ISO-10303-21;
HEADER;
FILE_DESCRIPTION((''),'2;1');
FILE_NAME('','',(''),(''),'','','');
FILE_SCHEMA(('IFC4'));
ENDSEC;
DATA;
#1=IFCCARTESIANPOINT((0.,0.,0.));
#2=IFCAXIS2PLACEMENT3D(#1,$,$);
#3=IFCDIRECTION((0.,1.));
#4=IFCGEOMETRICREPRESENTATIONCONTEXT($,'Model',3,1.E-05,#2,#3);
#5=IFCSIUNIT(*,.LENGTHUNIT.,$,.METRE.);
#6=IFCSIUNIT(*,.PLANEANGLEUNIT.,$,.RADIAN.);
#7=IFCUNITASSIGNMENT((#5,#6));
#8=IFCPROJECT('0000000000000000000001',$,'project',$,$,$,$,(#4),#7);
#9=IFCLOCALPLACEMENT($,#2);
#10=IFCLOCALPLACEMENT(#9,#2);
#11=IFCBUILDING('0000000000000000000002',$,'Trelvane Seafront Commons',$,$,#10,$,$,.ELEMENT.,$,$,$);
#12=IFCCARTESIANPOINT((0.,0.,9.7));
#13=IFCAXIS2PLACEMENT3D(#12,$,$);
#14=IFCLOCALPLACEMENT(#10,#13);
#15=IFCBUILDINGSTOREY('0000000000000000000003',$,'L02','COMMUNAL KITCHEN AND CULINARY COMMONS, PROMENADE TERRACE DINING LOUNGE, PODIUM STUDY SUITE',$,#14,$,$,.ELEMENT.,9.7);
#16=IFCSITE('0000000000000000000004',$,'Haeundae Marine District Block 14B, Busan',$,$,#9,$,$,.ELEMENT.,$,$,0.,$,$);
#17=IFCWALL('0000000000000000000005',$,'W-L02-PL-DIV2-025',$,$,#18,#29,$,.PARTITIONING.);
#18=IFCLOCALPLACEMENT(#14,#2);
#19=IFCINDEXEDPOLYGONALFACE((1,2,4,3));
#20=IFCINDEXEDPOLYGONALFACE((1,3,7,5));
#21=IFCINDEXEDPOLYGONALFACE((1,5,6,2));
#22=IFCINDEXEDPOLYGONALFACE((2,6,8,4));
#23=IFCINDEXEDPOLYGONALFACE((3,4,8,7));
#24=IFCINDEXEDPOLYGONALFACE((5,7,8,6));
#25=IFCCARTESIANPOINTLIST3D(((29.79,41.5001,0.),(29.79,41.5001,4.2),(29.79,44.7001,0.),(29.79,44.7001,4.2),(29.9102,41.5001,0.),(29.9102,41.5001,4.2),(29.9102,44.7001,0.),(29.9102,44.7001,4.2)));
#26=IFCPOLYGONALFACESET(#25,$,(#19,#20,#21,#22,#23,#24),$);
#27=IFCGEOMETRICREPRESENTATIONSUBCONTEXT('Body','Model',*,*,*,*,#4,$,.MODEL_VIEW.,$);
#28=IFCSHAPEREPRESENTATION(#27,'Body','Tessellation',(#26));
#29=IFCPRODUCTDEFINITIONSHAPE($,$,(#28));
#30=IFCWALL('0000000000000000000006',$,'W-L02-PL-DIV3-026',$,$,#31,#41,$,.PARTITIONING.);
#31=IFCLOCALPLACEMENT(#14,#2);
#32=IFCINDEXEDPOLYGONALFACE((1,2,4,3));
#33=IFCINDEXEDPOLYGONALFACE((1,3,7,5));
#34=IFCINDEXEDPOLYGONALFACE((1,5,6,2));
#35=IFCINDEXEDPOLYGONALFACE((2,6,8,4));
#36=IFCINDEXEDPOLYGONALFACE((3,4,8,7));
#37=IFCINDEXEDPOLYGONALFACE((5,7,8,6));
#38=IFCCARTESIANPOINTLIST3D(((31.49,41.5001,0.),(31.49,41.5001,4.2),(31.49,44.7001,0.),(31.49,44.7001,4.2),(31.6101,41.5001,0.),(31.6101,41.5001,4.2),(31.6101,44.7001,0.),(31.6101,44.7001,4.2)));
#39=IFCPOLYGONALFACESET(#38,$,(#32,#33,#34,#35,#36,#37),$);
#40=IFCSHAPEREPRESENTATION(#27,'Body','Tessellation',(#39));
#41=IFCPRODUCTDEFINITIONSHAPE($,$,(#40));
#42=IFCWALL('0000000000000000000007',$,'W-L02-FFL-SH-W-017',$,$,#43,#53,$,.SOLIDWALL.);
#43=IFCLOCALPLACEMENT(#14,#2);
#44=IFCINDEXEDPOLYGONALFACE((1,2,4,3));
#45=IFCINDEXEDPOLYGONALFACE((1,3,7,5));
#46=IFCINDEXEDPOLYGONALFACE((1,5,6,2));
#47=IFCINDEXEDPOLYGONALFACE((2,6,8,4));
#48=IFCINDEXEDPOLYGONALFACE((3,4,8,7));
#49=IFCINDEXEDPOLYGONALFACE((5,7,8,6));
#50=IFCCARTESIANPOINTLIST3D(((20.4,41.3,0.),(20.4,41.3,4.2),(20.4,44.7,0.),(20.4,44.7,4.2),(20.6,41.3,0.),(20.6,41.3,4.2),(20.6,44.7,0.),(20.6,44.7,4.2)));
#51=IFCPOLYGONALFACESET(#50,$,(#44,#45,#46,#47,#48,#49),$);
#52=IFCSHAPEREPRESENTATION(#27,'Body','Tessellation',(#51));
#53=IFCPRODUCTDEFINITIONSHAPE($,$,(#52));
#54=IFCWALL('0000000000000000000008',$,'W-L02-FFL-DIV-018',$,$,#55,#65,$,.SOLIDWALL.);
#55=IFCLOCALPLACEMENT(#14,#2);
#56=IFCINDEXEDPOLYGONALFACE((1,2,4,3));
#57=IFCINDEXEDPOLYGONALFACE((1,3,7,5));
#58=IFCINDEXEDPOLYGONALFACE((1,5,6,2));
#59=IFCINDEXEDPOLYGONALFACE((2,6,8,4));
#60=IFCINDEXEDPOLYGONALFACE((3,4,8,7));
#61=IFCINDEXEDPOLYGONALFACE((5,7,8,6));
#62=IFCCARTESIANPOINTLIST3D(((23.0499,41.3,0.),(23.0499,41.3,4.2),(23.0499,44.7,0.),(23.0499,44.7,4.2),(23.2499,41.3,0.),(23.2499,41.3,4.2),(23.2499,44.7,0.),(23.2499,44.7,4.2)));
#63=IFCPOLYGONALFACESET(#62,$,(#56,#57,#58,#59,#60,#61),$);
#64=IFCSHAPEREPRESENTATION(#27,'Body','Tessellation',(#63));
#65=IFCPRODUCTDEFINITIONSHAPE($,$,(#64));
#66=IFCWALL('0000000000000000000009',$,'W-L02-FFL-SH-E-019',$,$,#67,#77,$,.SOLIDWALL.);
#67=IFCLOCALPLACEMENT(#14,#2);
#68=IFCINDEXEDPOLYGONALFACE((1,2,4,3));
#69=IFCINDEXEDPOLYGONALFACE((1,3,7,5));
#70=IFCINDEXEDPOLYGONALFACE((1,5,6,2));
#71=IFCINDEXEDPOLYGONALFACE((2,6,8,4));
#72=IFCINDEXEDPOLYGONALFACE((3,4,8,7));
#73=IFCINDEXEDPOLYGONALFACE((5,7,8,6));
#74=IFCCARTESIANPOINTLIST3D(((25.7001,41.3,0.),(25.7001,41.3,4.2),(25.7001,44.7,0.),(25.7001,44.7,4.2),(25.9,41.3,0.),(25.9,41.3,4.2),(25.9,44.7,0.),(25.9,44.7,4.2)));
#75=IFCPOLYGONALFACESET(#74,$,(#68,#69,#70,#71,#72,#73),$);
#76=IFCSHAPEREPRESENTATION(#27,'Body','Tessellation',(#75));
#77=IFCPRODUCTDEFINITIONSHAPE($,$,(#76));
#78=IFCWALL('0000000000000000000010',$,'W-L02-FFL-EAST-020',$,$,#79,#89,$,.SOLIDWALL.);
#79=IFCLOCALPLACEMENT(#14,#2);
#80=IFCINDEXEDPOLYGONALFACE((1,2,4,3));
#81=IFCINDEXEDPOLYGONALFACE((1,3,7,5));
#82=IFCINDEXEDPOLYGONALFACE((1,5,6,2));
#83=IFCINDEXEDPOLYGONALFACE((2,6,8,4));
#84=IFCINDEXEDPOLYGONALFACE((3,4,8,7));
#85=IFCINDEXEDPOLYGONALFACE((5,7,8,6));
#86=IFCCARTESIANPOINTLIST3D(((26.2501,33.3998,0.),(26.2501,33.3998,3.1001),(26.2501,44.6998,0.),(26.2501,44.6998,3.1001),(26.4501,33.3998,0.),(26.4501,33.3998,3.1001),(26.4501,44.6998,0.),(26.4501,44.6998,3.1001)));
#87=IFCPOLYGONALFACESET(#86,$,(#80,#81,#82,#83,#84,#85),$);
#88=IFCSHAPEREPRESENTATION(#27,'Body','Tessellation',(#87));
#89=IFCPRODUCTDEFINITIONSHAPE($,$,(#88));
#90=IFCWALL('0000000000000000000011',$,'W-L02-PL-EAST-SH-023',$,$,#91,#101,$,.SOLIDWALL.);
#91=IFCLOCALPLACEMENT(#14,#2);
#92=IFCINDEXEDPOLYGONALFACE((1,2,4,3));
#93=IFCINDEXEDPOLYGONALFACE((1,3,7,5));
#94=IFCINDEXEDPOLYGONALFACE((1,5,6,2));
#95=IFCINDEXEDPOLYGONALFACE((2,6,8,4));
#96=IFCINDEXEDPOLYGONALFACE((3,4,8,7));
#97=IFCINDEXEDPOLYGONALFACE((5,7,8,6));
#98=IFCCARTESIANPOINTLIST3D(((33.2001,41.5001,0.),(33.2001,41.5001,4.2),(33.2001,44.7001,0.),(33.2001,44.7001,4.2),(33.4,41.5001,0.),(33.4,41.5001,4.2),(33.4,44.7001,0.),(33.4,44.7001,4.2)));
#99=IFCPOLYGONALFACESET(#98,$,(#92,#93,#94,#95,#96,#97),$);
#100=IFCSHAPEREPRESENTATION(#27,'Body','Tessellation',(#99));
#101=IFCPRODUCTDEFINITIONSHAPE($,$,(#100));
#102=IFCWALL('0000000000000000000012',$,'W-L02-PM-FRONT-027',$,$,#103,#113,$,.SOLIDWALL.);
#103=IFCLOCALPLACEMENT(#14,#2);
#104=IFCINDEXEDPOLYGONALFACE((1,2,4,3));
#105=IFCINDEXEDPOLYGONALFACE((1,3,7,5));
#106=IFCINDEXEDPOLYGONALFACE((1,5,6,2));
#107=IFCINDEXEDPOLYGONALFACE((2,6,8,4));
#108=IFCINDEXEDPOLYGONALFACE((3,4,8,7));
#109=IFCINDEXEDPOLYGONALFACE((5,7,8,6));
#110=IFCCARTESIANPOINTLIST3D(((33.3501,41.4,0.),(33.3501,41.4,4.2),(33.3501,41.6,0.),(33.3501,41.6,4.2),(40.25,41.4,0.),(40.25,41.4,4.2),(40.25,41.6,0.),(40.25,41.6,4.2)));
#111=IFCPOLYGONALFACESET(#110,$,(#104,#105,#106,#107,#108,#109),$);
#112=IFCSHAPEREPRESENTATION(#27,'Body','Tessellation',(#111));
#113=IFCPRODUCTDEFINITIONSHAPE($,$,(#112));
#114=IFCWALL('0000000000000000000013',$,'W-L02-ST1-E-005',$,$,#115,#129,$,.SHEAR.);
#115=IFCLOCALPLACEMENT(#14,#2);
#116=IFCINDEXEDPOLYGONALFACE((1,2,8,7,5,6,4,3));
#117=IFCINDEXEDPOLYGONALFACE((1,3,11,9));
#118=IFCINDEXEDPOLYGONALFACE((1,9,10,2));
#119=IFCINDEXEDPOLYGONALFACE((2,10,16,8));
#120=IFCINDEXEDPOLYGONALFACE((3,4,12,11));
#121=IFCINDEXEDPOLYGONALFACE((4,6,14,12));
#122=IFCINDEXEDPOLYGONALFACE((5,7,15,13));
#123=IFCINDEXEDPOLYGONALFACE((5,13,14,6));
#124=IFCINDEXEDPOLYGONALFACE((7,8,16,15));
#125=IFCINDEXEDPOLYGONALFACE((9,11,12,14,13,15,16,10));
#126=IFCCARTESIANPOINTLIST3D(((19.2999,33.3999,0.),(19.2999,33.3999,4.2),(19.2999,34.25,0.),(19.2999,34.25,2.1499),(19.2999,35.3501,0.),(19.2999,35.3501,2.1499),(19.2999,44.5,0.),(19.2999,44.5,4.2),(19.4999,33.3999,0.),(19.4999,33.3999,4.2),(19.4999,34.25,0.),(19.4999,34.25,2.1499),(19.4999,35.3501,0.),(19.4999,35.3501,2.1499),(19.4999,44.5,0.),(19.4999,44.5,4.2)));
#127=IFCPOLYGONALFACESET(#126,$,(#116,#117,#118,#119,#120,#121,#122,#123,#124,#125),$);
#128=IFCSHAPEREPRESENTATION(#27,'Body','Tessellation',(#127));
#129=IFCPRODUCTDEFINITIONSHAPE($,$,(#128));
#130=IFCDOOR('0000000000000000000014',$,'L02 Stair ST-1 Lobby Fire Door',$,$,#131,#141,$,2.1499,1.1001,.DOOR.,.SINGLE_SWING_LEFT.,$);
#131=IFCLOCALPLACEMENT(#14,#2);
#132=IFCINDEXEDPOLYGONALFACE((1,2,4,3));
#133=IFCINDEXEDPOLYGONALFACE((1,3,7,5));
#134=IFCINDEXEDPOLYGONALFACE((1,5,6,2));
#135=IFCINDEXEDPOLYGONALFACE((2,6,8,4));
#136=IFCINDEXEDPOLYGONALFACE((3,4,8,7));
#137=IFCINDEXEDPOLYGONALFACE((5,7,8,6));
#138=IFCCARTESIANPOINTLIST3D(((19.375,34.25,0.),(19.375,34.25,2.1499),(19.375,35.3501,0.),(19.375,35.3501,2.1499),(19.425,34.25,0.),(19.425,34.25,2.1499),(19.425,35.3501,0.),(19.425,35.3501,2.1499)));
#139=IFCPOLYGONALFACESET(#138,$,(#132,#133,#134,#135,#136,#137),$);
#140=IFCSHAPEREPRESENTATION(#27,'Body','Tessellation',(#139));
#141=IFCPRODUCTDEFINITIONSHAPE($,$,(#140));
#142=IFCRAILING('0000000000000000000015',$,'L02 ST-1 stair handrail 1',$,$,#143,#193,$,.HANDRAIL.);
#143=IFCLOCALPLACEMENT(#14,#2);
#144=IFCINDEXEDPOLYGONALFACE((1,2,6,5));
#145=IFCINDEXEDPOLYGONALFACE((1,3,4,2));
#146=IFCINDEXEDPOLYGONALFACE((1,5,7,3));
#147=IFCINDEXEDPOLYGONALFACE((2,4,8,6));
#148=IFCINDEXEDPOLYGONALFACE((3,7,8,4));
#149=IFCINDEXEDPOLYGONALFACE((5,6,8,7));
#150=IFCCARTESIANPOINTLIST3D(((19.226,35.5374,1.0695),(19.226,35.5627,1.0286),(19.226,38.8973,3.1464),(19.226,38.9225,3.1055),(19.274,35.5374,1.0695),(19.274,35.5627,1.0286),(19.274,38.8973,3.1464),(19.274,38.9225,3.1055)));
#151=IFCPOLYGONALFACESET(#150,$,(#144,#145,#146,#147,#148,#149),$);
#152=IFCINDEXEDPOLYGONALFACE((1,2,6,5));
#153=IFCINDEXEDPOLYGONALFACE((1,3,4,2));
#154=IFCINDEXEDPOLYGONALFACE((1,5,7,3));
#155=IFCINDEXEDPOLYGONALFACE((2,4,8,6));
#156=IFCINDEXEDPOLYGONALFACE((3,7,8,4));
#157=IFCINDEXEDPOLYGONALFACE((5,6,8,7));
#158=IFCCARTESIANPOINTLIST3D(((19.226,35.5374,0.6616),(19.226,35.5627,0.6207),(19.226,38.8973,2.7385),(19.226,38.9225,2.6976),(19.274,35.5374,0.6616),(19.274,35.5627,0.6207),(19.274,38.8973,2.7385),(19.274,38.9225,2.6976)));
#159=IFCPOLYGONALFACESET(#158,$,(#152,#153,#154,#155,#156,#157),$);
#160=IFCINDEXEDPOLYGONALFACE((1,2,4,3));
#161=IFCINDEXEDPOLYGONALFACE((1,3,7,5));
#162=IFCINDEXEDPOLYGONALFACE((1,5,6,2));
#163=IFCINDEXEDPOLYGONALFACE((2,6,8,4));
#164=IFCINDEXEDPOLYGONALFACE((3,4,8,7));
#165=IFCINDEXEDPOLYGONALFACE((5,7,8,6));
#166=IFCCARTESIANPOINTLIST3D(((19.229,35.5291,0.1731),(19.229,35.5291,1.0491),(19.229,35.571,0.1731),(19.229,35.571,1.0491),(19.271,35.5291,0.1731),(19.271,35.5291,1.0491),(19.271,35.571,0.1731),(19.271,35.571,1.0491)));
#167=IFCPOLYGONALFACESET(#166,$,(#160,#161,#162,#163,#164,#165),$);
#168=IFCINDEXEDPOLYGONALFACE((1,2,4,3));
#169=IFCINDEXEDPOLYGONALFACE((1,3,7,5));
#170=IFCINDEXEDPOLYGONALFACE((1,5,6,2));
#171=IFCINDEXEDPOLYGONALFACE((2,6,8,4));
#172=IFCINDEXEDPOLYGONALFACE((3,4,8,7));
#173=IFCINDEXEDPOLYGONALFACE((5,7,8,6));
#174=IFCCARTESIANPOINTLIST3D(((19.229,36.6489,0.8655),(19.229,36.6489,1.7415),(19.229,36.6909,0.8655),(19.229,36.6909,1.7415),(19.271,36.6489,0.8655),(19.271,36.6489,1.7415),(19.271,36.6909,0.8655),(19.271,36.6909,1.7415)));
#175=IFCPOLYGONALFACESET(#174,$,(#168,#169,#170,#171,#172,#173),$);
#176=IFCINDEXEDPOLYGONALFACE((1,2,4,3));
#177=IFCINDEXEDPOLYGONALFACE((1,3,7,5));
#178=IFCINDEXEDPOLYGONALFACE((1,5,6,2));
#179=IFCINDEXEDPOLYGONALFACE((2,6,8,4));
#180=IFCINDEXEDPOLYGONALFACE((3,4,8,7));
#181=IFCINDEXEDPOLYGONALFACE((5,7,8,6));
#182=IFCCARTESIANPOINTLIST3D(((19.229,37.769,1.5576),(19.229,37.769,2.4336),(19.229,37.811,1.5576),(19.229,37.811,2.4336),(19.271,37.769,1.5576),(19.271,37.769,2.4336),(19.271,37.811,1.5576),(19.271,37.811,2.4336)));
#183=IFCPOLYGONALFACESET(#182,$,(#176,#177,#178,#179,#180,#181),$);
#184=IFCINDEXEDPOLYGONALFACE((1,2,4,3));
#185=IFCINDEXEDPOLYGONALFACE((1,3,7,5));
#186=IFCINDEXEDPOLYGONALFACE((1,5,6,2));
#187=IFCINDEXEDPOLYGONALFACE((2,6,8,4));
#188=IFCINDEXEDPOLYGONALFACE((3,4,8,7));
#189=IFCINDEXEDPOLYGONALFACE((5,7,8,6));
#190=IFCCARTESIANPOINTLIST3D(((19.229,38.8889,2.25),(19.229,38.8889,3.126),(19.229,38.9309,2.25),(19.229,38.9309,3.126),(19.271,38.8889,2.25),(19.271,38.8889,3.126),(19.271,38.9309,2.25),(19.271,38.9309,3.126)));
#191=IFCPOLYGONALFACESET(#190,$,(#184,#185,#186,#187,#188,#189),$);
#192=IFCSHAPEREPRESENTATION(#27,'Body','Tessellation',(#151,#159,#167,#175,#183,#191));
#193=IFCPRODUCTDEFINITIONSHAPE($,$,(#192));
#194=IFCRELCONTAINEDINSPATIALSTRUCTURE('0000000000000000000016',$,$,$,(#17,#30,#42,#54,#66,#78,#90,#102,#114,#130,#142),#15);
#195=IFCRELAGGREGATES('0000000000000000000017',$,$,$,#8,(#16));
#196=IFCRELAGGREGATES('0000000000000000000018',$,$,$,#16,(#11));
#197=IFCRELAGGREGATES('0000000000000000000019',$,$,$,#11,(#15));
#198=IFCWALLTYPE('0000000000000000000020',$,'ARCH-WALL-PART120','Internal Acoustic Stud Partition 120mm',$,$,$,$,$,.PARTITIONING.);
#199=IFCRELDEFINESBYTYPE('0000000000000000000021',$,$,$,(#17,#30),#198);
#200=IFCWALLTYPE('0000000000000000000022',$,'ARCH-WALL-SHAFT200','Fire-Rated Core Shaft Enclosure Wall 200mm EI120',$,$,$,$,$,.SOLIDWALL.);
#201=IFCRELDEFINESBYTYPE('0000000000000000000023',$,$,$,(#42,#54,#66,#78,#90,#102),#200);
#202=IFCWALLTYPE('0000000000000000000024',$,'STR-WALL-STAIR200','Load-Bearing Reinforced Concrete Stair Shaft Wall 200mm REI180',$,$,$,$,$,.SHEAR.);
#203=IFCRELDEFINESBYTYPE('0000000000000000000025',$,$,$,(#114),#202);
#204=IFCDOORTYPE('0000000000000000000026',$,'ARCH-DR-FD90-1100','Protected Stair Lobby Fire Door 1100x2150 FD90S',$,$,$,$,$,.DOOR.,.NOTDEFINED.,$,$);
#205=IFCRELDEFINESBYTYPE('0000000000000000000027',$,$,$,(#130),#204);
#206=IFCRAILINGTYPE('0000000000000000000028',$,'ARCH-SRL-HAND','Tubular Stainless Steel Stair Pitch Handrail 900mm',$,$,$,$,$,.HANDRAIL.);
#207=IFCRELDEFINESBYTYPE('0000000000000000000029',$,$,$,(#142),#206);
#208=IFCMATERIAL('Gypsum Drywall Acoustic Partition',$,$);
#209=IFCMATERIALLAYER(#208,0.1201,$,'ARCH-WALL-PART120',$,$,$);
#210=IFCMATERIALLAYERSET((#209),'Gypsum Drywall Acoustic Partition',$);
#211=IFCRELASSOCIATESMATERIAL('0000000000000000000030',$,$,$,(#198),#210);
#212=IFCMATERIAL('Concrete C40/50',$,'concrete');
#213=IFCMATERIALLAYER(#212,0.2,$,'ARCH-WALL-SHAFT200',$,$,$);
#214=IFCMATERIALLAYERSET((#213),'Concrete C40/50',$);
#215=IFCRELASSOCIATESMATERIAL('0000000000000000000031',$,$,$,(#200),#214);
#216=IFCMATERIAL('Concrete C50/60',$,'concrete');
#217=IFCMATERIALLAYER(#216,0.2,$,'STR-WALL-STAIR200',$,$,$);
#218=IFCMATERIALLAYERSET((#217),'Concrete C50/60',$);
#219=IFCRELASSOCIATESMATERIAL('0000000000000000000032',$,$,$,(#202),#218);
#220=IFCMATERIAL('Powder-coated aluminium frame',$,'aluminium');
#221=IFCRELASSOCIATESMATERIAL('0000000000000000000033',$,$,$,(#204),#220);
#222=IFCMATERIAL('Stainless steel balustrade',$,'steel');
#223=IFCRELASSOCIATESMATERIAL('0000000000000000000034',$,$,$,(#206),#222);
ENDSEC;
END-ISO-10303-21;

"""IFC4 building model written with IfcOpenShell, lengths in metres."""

from ifc_helpers import new_model, si_unit, direction, frame, frame_2d, origin, origin_2d, place, context, subcontext, project, spatial, rectangle, extrude, source, transform, mapped, material, layer, layer_set, type_object, element, fill, save


model = new_model("IFC4")

# Units and contexts
model_context = context("Model", 3, precision=1e-05, world=origin(), true_north=direction((0.0, 1.0)))
body_context = subcontext(model_context, "Body", "Model", "MODEL_VIEW")
ifc_project = project(units=[si_unit("LENGTHUNIT", "METRE"), si_unit("PLANEANGLEUNIT", "RADIAN")], contexts=[model_context])

# Site, building, storey
site_placement = place(None, origin())
site = spatial("IfcSite", under=ifc_project, at=site_placement, Name="Haeundae Marine District Block 14B, Busan", CompositionType="ELEMENT", RefElevation=0.0)
building_placement = place(site_placement, origin())
building = spatial("IfcBuilding", under=site, at=building_placement, Name="Trelvane Seafront Commons", CompositionType="ELEMENT")
storey_placement = place(building_placement, frame((0.0, 0.0, 9.7)))
storey = spatial("IfcBuildingStorey", under=building, at=storey_placement, Name="L02", Description="COMMUNAL KITCHEN AND CULINARY COMMONS, PROMENADE TERRACE DINING LOUNGE, PODIUM STUDY SUITE", CompositionType="ELEMENT", Elevation=9.7)

# Shared definitions
ifc_material_1 = material(Name="Concrete C50/60", Category="concrete")

# Shared definitions
ifc_material_2 = material(Name="Concrete C40/50", Category="concrete")
ifc_material_3 = material(Name="Powder-coated aluminium frame", Category="aluminium")

# Walls
ifc_material_4 = material(Name="Gypsum Drywall Acoustic Partition")
ifc_layer_1 = layer(ifc_material_4, 0.1201, Name="ARCH-WALL-PART120")
ifc_layer_set_1 = layer_set([ifc_layer_1], Name="Gypsum Drywall Acoustic Partition")
wall_type_1 = type_object("IfcWallType", Name="ARCH-WALL-PART120", Description="Internal Acoustic Stud Partition 120mm", PredefinedType="PARTITIONING", material=ifc_layer_set_1)
for number, where, z_axis, x_axis, name in (
    (1, (29.8501, 41.5, 0.0), (0.0, 0.0, 1.0), (0.0, 1.0, 0.0), "W-L02-PL-DIV2-025"),
    (2, (31.55, 41.5, 0.0), (0.0, 0.0, 1.0), (0.0, 1.0, 0.0), "W-L02-PL-DIV3-026"),
):
    element("IfcWall", number, at=place(storey_placement, frame(where, z_axis=z_axis, x_axis=x_axis)), inside=storey, type_object=wall_type_1, Name=name, PredefinedType="PARTITIONING", context=body_context, shape_type="SweptSolid", body=[
        extrude(rectangle(XDim=3.2, YDim=0.1201, at=frame_2d((1.6001, 0.0))), origin(), (0.0, 0.0, 1.0), 4.2),
    ])

# Shared definitions
ifc_layer_2 = layer(ifc_material_2, 0.2, Name="ARCH-WALL-SHAFT200")
ifc_layer_set_2 = layer_set([ifc_layer_2], Name="Concrete C40/50")
wall_type_2 = type_object("IfcWallType", Name="ARCH-WALL-SHAFT200", Description="Fire-Rated Core Shaft Enclosure Wall 200mm EI120", PredefinedType="SOLIDWALL", material=ifc_layer_set_2)
ifc_material_5 = material(Name="Stainless steel balustrade", Category="steel")
shared_shape_1 = source(origin(), body_context, "Body", "SweptSolid", [
    extrude(rectangle(XDim=1.1001, YDim=2.1499, at=frame_2d((0.55, 1.075))), frame((0.0, 0.0249, 0.0), z_axis=(0.0, -1.0, 0.0), x_axis=(1.0, 0.0, 0.0)), (0.0, 0.0, 1.0), 0.05),
])

# Walls
for number, where, z_axis, x_axis, name in (
    (3, (20.5, 41.3, 0.0), (0.0, 0.0, 1.0), (0.0, 1.0, 0.0), "W-L02-FFL-SH-W-017"),
    (4, (23.1499, 41.3, 0.0), (0.0, 0.0, 1.0), (0.0, 1.0, 0.0), "W-L02-FFL-DIV-018"),
    (5, (25.8, 41.3, 0.0), (0.0, 0.0, 1.0), (0.0, 1.0, 0.0), "W-L02-FFL-SH-E-019"),
):
    element("IfcWall", number, at=place(storey_placement, frame(where, z_axis=z_axis, x_axis=x_axis)), inside=storey, type_object=wall_type_2, Name=name, PredefinedType="SOLIDWALL", context=body_context, shape_type="SweptSolid", body=[
        extrude(rectangle(XDim=3.3999, YDim=0.2, at=frame_2d((1.7, 0.0))), origin(), (0.0, 0.0, 1.0), 4.2),
    ])
wall_1_placement = place(storey_placement, frame((26.3501, 33.3999, 0.0), z_axis=(0.0, 0.0, 1.0), x_axis=(0.0, 1.0, 0.0)))
element("IfcWall", 6, at=wall_1_placement, inside=storey, type_object=wall_type_2, Name="W-L02-FFL-EAST-020", PredefinedType="SOLIDWALL", context=body_context, shape_type="SweptSolid", body=[
    extrude(rectangle(XDim=11.3, YDim=0.2, at=frame_2d((5.6499, 0.0))), origin(), (0.0, 0.0, 1.0), 3.1001),
])

# Walls
wall_2_placement = place(storey_placement, frame((33.3, 41.5, 0.0), z_axis=(0.0, 0.0, 1.0), x_axis=(0.0, 1.0, 0.0)))
element("IfcWall", 7, at=wall_2_placement, inside=storey, type_object=wall_type_2, Name="W-L02-PL-EAST-SH-023", PredefinedType="SOLIDWALL", context=body_context, shape_type="SweptSolid", body=[
    extrude(rectangle(XDim=3.2, YDim=0.2, at=frame_2d((1.6001, 0.0))), origin(), (0.0, 0.0, 1.0), 4.2),
])
wall_3_placement = place(storey_placement, frame((33.3501, 41.5, 0.0), z_axis=(0.0, 0.0, 1.0), x_axis=(1.0, 0.0, 0.0)))
element("IfcWall", 8, at=wall_3_placement, inside=storey, type_object=wall_type_2, Name="W-L02-PM-FRONT-027", PredefinedType="SOLIDWALL", context=body_context, shape_type="SweptSolid", body=[
    extrude(rectangle(XDim=6.8999, YDim=0.2, at=frame_2d((3.45, 0.0))), origin(), (0.0, 0.0, 1.0), 4.2),
])

# Wall, opening, door
ifc_layer_3 = layer(ifc_material_1, 0.2, Name="STR-WALL-STAIR200")
ifc_layer_set_3 = layer_set([ifc_layer_3], Name="Concrete C50/60")
wall_type_3 = type_object("IfcWallType", Name="STR-WALL-STAIR200", Description="Load-Bearing Reinforced Concrete Stair Shaft Wall 200mm REI180", PredefinedType="SHEAR", material=ifc_layer_set_3)
wall_4_placement = place(storey_placement, frame((19.3999, 33.3999, 0.0), z_axis=(0.0, 0.0, 1.0), x_axis=(0.0, 1.0, 0.0)))
wall_4 = element("IfcWall", 9, at=wall_4_placement, inside=storey, type_object=wall_type_3, Name="W-L02-ST1-E-005", PredefinedType="SHEAR", context=body_context, shape_type="SweptSolid", body=[
    extrude(rectangle(XDim=11.1001, YDim=0.2, at=frame_2d((5.55, 0.0))), origin(), (0.0, 0.0, 1.0), 4.2),
])
opening_1_placement = place(wall_4_placement, frame((0.8501, 0.0, 0.0)))
opening_1 = element("IfcOpeningElement", 10, at=opening_1_placement, cuts=wall_4, PredefinedType="OPENING", context=body_context, shape_type="SweptSolid", body=[
    extrude(rectangle(XDim=1.1001, YDim=2.1499, at=frame_2d((0.55, 1.075))), frame((0.0, 0.1099, 0.0), z_axis=(0.0, -1.0, 0.0), x_axis=(1.0, 0.0, 0.0)), (0.0, 0.0, 1.0), 0.22),
])
door_type_1 = type_object("IfcDoorType", Name="ARCH-DR-FD90-1100", Description="Protected Stair Lobby Fire Door 1100x2150 FD90S", OperationType="NOTDEFINED", PredefinedType="DOOR", material=ifc_material_3)
door_1_placement = place(opening_1_placement, origin())
door_1 = element("IfcDoor", 11, at=door_1_placement, inside=storey, type_object=door_type_1, Name="L02 Stair ST-1 Lobby Fire Door", OperationType="SINGLE_SWING_LEFT", OverallHeight=2.1499, OverallWidth=1.1001, PredefinedType="DOOR", context=body_context, shape_type="MappedRepresentation", body=[
    mapped(shared_shape_1, transform((0.0, 0.0, 0.0), x_axis=(1.0, 0.0, 0.0), y_axis=(0.0, 1.0, 0.0), z_axis=(0.0, 0.0, 1.0), scale=1.0)),
])
fill(opening_1, door_1)

# Railing
railing_type = type_object("IfcRailingType", Name="ARCH-SRL-HAND", Description="Tubular Stainless Steel Stair Pitch Handrail 900mm", PredefinedType="HANDRAIL", material=ifc_material_5)
railing_placement = place(storey_placement, frame((19.25, 35.55, 0.1731)))
element("IfcRailing", 12, at=railing_placement, inside=storey, type_object=railing_type, Name="L02 ST-1 stair handrail 1", PredefinedType="HANDRAIL", context=body_context, shape_type="SweptSolid", body=[
    extrude(rectangle(XDim=0.0481, YDim=0.0481, at=origin_2d()), frame((0.0, 0.0, 0.876), z_axis=(0.0, 0.850606, 0.525803), x_axis=(-1.0, 0.0, 0.0)), (0.0, 0.0, 1.0), 3.95),
    extrude(rectangle(XDim=0.0481, YDim=0.0481, at=origin_2d()), frame((0.0, 0.0, 0.468), z_axis=(0.0, 0.850606, 0.525803), x_axis=(-1.0, 0.0, 0.0)), (0.0, 0.0, 1.0), 3.95),
    extrude(rectangle(XDim=0.042, YDim=0.042, at=origin_2d()), origin(), (0.0, 0.0, 1.0), 0.876),
    extrude(rectangle(XDim=0.042, YDim=0.042, at=origin_2d()), frame((0.0, 1.1199, 0.6924)), (0.0, 0.0, 1.0), 0.876),
    extrude(rectangle(XDim=0.042, YDim=0.042, at=origin_2d()), frame((0.0, 2.24, 1.3845)), (0.0, 0.0, 1.0), 0.876),
    extrude(rectangle(XDim=0.042, YDim=0.042, at=origin_2d()), frame((0.0, 3.3599, 2.0769)), (0.0, 0.0, 1.0), 0.876),
])

save(model, "model.ifc")
